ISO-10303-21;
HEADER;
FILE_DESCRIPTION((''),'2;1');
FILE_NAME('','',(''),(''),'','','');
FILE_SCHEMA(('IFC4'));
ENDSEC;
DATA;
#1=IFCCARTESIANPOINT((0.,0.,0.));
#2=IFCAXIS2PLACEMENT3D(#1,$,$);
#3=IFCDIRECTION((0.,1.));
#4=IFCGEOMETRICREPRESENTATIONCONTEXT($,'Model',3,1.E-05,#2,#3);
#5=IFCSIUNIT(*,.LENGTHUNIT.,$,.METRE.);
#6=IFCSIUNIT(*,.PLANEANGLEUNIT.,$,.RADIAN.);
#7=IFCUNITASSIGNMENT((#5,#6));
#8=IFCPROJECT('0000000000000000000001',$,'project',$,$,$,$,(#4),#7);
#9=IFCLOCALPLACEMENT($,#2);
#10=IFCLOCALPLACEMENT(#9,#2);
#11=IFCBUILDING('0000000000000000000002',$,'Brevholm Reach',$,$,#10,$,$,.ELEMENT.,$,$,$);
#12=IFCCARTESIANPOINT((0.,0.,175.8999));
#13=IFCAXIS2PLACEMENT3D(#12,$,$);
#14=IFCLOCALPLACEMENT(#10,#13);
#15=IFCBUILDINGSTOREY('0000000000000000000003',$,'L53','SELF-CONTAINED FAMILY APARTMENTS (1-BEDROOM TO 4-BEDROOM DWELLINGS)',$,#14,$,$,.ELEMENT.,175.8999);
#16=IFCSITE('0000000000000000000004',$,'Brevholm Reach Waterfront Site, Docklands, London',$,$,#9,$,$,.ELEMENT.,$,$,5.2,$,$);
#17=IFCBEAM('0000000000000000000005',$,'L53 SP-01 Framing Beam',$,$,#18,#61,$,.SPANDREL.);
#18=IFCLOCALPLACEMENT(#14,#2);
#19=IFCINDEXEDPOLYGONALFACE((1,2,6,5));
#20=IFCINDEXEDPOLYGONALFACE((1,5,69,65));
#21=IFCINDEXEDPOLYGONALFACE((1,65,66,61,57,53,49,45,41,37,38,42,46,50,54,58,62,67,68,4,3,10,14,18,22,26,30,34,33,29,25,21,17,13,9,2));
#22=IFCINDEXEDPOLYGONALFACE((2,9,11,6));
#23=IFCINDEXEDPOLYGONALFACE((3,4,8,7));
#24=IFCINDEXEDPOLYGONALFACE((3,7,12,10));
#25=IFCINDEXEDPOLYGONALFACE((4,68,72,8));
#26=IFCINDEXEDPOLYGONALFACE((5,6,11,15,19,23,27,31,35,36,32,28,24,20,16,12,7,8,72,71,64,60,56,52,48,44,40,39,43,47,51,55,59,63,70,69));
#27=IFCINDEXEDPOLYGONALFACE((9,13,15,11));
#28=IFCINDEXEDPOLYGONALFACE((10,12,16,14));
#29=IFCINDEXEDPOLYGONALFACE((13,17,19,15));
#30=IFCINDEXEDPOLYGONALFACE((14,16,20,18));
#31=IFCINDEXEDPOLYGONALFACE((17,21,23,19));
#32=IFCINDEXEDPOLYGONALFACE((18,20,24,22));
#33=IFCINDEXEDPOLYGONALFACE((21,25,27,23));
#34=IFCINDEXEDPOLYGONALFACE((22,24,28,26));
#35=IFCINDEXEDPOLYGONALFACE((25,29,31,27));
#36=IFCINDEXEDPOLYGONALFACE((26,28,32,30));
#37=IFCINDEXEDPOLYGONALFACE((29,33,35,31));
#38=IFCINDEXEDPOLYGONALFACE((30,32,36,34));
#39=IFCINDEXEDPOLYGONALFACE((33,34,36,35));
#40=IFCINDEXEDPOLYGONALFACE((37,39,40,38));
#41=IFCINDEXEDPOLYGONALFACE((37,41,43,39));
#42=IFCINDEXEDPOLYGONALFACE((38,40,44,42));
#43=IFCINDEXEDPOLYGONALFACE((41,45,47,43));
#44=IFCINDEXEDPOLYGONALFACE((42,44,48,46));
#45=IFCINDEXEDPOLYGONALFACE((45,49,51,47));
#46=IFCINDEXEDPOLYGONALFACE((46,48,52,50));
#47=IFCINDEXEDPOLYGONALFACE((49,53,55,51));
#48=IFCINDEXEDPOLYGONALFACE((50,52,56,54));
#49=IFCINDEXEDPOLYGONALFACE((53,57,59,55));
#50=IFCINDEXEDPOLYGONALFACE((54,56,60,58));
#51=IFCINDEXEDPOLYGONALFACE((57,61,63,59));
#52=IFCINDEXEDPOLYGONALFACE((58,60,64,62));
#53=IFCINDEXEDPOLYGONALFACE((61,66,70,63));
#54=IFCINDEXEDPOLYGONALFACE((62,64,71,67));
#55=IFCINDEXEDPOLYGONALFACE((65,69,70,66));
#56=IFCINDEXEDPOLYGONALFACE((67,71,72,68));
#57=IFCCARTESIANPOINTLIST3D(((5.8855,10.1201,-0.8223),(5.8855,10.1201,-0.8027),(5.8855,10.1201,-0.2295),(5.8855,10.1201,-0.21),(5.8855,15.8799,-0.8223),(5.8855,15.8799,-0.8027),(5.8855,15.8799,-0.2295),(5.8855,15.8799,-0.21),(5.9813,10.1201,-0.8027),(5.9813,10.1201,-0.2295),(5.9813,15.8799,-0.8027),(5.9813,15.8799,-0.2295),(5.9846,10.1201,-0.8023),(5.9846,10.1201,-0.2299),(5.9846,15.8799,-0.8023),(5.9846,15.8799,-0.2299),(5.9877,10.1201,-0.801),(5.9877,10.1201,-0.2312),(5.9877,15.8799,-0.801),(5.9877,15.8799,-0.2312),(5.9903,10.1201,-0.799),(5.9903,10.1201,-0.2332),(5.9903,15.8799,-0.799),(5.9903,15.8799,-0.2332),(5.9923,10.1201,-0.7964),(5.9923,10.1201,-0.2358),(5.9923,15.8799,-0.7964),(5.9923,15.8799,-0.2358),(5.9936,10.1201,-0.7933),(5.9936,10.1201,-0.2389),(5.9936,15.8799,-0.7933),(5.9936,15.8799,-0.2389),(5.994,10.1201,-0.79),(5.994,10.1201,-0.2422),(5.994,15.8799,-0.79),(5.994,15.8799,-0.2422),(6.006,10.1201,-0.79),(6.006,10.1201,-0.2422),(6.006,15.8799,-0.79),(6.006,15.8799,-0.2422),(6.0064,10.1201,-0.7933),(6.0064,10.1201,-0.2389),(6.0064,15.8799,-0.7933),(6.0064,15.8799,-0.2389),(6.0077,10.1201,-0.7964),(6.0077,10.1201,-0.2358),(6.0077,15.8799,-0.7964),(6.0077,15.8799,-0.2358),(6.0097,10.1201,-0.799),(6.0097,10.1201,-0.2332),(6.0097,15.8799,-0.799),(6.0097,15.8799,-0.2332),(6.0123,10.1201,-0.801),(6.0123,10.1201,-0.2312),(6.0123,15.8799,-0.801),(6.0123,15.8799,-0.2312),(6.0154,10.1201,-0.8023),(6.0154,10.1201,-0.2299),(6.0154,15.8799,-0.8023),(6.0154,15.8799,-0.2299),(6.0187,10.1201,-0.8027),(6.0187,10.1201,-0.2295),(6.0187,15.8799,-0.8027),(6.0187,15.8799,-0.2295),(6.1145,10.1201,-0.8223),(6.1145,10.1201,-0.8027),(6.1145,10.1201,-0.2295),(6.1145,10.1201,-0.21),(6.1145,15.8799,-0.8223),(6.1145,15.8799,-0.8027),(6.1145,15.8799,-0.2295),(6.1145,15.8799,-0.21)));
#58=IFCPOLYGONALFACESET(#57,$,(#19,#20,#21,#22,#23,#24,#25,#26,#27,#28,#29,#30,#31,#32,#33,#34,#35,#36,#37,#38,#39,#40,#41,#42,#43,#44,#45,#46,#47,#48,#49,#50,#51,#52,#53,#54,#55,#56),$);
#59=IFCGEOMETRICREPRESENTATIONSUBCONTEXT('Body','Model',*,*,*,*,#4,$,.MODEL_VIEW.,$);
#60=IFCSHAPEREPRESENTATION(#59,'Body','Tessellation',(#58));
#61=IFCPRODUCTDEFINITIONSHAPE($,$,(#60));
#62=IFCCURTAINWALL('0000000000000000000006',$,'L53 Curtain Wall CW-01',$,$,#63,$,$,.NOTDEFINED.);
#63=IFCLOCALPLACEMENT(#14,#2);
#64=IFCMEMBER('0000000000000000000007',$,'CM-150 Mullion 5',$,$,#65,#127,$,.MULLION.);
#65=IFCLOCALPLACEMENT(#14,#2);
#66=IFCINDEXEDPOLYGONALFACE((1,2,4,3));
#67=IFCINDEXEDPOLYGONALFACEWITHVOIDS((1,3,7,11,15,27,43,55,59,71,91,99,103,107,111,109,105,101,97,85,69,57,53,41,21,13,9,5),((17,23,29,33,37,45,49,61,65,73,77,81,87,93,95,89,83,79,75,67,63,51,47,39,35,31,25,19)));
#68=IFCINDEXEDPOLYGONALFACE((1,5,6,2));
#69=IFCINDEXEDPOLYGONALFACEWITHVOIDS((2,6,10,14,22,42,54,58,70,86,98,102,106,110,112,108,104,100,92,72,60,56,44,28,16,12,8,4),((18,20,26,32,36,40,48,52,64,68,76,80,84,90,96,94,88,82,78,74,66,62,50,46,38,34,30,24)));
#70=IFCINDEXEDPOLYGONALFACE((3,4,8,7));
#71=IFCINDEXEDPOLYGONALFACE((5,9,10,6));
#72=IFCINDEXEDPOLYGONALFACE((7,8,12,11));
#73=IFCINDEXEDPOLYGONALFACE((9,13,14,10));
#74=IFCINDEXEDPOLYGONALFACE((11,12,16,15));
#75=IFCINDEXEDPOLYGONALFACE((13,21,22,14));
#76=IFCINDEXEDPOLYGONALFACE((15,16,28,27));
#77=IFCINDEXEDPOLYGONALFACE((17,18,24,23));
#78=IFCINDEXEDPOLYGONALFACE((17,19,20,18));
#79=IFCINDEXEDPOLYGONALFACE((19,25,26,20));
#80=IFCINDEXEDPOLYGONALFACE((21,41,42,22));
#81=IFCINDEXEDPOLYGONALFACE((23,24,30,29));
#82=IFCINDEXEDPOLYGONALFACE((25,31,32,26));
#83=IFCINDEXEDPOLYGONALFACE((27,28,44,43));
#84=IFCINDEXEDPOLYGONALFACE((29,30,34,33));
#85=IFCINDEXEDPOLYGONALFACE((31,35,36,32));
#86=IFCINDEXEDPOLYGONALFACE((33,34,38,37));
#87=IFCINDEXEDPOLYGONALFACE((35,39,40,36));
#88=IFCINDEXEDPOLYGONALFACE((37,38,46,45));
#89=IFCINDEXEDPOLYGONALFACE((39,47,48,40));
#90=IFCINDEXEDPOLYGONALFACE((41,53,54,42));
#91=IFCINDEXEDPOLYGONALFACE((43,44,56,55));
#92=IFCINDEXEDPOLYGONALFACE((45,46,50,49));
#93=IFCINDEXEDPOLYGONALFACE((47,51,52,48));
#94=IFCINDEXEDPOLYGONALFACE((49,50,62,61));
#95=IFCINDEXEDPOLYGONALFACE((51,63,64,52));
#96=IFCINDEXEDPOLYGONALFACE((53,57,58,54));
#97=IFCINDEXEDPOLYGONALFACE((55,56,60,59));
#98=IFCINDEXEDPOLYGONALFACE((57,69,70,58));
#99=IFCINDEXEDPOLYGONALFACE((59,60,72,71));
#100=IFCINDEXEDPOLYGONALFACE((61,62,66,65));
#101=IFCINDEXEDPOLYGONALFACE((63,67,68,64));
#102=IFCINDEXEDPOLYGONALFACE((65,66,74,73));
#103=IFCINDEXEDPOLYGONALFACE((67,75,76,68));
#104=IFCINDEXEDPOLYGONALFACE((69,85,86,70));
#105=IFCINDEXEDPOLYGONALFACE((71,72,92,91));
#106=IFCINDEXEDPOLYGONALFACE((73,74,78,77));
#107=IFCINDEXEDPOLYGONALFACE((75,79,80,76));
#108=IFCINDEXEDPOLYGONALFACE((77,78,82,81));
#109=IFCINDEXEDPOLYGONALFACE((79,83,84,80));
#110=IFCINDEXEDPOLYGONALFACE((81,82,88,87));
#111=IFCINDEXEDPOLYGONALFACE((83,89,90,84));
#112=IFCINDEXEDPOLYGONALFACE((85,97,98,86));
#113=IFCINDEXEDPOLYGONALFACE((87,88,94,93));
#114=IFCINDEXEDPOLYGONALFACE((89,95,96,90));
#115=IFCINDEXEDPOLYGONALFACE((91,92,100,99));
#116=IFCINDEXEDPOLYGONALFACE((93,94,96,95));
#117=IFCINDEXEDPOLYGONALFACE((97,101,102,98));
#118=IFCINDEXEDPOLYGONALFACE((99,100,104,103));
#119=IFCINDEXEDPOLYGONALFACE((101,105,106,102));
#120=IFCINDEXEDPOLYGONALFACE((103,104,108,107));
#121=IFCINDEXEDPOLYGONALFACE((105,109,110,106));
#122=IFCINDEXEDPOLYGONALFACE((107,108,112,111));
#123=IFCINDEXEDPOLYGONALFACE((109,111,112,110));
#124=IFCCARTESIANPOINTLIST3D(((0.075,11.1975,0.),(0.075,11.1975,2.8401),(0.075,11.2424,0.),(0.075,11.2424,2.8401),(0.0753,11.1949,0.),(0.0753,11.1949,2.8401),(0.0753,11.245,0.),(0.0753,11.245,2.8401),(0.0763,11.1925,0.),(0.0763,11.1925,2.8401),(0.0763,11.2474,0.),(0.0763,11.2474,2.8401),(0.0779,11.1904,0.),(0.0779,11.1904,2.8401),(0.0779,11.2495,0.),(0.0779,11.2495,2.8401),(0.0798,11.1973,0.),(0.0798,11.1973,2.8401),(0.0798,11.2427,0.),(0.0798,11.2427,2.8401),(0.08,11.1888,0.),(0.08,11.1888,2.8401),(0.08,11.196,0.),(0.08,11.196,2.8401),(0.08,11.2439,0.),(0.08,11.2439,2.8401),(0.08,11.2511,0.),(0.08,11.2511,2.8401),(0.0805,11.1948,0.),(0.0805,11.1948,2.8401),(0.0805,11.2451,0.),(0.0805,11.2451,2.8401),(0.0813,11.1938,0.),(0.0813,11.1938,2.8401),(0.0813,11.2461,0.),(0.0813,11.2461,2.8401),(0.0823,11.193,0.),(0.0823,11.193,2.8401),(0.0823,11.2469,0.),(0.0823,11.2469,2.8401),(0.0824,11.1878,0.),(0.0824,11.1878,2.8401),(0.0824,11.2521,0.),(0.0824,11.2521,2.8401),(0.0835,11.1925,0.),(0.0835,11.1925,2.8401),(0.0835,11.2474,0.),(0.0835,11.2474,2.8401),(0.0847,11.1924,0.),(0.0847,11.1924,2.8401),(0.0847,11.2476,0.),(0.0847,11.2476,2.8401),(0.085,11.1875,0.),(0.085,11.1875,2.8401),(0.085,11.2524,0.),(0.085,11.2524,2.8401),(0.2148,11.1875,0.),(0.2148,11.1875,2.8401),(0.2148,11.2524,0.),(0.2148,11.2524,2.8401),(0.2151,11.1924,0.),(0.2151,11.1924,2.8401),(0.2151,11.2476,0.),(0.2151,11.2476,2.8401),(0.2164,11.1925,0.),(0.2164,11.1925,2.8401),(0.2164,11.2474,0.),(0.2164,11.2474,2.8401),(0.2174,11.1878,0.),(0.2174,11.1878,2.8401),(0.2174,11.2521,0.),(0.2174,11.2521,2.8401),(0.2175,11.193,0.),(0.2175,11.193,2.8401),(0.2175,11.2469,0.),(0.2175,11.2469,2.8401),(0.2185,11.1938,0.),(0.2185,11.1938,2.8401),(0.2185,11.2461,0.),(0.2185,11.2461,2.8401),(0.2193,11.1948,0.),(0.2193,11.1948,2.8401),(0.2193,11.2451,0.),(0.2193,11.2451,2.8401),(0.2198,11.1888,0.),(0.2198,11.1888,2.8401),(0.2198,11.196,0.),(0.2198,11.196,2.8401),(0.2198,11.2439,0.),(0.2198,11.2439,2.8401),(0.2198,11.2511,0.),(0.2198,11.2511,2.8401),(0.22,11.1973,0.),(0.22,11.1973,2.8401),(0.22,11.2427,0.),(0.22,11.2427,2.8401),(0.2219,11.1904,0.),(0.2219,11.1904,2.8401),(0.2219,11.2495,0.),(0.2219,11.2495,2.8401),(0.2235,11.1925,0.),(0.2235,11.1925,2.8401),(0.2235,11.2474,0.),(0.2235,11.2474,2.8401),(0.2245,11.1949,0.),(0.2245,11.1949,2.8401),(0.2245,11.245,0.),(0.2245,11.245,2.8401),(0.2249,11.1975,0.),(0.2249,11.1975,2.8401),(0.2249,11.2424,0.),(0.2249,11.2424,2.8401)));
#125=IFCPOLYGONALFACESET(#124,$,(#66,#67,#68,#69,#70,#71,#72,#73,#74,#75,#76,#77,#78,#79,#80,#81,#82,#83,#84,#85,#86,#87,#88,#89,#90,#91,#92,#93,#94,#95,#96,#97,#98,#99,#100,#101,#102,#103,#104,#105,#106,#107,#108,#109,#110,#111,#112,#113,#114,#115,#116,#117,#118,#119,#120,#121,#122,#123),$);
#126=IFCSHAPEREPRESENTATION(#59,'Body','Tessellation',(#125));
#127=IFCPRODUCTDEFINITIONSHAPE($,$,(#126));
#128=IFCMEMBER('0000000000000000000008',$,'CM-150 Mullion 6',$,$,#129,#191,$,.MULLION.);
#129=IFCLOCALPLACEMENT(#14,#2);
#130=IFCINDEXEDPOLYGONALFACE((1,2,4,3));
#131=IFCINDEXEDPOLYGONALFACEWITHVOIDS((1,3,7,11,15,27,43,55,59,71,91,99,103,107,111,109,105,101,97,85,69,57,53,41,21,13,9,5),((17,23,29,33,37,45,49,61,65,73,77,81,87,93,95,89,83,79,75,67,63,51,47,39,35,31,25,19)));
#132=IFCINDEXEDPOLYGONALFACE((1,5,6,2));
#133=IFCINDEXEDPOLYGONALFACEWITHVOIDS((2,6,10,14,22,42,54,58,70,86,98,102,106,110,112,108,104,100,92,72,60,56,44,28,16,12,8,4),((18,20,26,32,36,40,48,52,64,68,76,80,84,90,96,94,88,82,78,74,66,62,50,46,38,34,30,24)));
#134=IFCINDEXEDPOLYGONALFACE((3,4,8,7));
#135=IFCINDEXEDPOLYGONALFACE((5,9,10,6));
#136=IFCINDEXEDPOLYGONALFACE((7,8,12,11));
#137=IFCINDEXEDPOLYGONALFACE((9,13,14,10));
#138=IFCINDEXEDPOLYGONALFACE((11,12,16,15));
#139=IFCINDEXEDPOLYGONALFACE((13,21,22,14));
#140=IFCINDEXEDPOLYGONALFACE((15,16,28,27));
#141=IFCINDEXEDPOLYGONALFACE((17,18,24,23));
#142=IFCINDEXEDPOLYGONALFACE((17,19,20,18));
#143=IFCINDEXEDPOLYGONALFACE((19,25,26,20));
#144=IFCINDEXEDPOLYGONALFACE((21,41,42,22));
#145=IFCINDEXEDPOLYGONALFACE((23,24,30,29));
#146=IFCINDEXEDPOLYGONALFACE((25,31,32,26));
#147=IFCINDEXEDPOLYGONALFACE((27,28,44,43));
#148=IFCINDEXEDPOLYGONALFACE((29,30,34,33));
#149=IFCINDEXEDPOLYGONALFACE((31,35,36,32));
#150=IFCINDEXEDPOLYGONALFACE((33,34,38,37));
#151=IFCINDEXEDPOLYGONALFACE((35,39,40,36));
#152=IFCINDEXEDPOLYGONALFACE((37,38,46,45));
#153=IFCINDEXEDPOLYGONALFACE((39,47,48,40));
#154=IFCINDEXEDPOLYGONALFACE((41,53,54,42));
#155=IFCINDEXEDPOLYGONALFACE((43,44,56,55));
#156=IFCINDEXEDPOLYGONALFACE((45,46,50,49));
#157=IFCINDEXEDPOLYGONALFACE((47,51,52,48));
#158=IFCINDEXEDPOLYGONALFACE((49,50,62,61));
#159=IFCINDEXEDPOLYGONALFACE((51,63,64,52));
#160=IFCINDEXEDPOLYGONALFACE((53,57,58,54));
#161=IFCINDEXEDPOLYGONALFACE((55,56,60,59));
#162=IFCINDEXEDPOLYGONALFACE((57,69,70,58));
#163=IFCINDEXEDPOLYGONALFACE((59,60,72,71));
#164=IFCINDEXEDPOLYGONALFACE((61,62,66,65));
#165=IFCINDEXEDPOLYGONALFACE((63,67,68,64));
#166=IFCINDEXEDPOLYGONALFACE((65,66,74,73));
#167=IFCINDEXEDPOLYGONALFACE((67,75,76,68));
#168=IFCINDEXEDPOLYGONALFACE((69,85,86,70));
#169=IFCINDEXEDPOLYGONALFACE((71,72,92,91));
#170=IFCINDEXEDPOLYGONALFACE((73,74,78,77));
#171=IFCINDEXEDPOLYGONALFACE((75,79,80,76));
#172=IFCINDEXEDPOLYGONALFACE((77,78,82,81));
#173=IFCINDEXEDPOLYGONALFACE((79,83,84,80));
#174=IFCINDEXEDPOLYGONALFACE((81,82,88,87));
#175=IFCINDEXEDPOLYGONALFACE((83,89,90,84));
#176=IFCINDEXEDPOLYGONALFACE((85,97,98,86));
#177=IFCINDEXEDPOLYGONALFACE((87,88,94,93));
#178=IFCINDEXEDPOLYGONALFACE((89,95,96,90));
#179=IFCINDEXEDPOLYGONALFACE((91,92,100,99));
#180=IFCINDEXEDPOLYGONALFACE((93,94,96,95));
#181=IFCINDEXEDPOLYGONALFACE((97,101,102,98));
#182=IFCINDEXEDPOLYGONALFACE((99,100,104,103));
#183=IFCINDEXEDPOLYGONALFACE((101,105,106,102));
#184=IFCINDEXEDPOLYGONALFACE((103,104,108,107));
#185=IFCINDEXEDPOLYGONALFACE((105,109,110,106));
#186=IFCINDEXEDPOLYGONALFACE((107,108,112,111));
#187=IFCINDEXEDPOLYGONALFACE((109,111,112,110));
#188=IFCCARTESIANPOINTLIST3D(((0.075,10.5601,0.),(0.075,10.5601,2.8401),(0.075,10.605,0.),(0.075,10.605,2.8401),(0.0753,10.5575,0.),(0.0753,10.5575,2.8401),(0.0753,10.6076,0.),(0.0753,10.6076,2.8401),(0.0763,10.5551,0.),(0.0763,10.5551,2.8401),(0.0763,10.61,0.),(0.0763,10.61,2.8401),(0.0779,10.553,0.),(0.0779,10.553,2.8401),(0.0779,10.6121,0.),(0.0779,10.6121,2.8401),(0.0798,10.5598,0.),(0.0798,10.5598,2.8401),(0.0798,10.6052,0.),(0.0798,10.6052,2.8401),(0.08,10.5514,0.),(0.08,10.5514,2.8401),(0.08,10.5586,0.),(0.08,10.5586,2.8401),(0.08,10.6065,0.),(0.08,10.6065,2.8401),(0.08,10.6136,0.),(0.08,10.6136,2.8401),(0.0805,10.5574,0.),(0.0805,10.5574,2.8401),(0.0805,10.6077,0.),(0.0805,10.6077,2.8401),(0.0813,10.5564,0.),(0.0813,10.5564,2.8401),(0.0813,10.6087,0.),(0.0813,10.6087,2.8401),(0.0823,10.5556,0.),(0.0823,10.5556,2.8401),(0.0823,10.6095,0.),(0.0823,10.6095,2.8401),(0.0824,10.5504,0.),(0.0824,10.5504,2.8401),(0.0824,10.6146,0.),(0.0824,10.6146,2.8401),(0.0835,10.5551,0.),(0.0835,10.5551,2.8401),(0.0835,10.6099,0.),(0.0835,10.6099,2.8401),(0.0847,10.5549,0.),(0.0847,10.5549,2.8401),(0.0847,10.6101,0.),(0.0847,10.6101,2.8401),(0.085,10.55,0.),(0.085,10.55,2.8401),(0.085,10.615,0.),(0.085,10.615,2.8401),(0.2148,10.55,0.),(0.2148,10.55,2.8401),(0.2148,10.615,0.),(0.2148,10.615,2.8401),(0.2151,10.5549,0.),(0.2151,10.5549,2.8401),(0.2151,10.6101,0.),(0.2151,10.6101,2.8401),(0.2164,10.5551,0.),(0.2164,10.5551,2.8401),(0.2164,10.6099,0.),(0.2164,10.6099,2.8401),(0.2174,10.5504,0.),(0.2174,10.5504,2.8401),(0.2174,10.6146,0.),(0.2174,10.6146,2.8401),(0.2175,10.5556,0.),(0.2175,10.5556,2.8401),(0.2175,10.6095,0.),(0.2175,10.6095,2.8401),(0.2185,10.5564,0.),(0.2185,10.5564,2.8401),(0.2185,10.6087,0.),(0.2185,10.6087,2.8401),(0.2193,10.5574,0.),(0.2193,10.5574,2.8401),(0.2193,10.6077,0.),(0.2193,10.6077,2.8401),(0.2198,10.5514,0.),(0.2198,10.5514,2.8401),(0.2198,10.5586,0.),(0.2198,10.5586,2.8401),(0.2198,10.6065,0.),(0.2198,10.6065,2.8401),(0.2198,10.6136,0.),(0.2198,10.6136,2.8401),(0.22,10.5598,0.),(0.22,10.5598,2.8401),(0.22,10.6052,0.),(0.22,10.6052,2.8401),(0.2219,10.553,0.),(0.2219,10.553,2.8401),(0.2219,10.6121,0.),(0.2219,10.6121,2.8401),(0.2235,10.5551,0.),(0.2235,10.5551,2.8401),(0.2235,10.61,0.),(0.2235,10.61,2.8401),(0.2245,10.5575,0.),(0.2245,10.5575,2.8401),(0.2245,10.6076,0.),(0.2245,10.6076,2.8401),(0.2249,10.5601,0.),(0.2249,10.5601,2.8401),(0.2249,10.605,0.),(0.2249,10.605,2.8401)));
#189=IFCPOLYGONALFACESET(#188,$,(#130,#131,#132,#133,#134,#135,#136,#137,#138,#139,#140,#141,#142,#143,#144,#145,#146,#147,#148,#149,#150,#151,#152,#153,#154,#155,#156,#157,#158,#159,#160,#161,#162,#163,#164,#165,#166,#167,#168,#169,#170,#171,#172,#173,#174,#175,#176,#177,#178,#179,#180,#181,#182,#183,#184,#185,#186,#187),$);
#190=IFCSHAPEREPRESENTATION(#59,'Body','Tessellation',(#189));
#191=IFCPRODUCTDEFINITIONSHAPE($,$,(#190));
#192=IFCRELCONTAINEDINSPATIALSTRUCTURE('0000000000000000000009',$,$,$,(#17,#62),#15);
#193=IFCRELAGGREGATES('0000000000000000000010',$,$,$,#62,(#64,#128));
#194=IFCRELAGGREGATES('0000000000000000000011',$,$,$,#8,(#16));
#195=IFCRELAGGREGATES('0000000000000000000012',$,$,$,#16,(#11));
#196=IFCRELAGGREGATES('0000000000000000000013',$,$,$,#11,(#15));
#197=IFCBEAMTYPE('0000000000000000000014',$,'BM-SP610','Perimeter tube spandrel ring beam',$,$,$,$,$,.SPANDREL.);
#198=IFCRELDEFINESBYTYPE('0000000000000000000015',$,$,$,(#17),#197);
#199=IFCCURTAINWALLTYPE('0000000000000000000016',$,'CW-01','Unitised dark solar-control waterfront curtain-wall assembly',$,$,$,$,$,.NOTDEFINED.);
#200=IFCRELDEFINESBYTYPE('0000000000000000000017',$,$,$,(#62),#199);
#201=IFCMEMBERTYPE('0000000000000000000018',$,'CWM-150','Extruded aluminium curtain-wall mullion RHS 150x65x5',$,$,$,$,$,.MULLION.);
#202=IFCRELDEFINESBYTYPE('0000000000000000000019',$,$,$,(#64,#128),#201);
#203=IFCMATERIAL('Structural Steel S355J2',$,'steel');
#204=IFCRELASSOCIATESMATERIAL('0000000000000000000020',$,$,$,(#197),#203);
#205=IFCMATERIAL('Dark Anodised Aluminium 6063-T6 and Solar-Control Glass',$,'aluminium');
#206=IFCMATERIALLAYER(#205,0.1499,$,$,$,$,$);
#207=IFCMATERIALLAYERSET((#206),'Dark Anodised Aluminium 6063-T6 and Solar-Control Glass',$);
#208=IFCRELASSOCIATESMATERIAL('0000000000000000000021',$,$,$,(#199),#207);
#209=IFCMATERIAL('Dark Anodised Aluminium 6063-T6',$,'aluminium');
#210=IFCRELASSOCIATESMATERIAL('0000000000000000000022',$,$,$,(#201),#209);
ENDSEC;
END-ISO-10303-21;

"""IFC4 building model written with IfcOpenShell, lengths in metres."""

from ifc_helpers import new_model, si_unit, direction, frame, origin, origin_2d, place, context, subcontext, project, spatial, hollow_rectangle, i_section, extrude, material, layer, layer_set, material_profile, profile_set, type_object, element, aggregate, save


model = new_model("IFC4")

# Units and contexts
model_context = context("Model", 3, precision=1e-05, world=origin(), true_north=direction((0.0, 1.0)))
body_context = subcontext(model_context, "Body", "Model", "MODEL_VIEW")
ifc_project = project(units=[si_unit("LENGTHUNIT", "METRE"), si_unit("PLANEANGLEUNIT", "RADIAN")], contexts=[model_context])

# Site, building, storey
site_placement = place(None, origin())
site = spatial("IfcSite", under=ifc_project, at=site_placement, Name="Brevholm Reach Waterfront Site, Docklands, London", CompositionType="ELEMENT", RefElevation=5.2)
building_placement = place(site_placement, origin())
building = spatial("IfcBuilding", under=site, at=building_placement, Name="Brevholm Reach", CompositionType="ELEMENT")
storey_placement = place(building_placement, frame((0.0, 0.0, 175.8999)))
storey = spatial("IfcBuildingStorey", under=building, at=storey_placement, Name="L53", Description="SELF-CONTAINED FAMILY APARTMENTS (1-BEDROOM TO 4-BEDROOM DWELLINGS)", CompositionType="ELEMENT", Elevation=175.8999)

# Beam
ifc_material_1 = material(Name="Structural Steel S355J2", Category="steel")
ifc_material_profile_1 = material_profile(ifc_material_1, i_section(OverallWidth=0.229, OverallDepth=0.6123, WebThickness=0.012, FlangeThickness=0.0195, FilletRadius=0.0127, at=origin_2d()), Name="UKB 610x229x125")
ifc_profile_set_1 = profile_set([ifc_material_profile_1], Name="Structural Steel S355J2")
beam_type_1 = type_object("IfcBeamType", Name="BM-SP610", Description="Perimeter tube spandrel ring beam", PredefinedType="SPANDREL", material=ifc_profile_set_1)
for number, where, z_axis, x_axis, name in (
    (1, (6.0, 10.1201, -0.5161), (0.0, 1.0, 0.0), (-1.0, 0.0, 0.0), "L53 SP-01 Framing Beam"),
):
    element("IfcBeam", number, at=place(storey_placement, frame(where, z_axis=z_axis, x_axis=x_axis)), inside=storey, type_object=beam_type_1, Name=name, PredefinedType="SPANDREL", context=body_context, shape_type="SweptSolid", body=[
        extrude(i_section(OverallWidth=0.229, OverallDepth=0.6123, WebThickness=0.012, FlangeThickness=0.0195, FilletRadius=0.0127, at=origin_2d()), origin(), (0.0, 0.0, 1.0), 5.7598),
    ])

# Curtain wall, members
ifc_material_2 = material(Name="Dark Anodised Aluminium 6063-T6 and Solar-Control Glass", Category="aluminium")
ifc_layer_1 = layer(ifc_material_2, 0.1499)
ifc_layer_set_1 = layer_set([ifc_layer_1], Name="Dark Anodised Aluminium 6063-T6 and Solar-Control Glass")
curtain_wall_type = type_object("IfcCurtainWallType", Name="CW-01", Description="Unitised dark solar-control waterfront curtain-wall assembly", PredefinedType="NOTDEFINED", material=ifc_layer_set_1)
curtain_wall_placement = place(storey_placement, origin())
curtain_wall = element("IfcCurtainWall", 2, at=curtain_wall_placement, inside=storey, type_object=curtain_wall_type, Name="L53 Curtain Wall CW-01", PredefinedType="NOTDEFINED")
ifc_material_3 = material(Name="Dark Anodised Aluminium 6063-T6", Category="aluminium")
ifc_material_profile_2 = material_profile(ifc_material_3, hollow_rectangle(XDim=0.0649, YDim=0.1499, WallThickness=0.0049, InnerFilletRadius=0.0049, OuterFilletRadius=0.01, at=origin_2d()), Name="RHS 150x65x5")
ifc_profile_set_2 = profile_set([ifc_material_profile_2], Name="Dark Anodised Aluminium 6063-T6")
member_type_1 = type_object("IfcMemberType", Name="CWM-150", Description="Extruded aluminium curtain-wall mullion RHS 150x65x5", PredefinedType="MULLION", material=ifc_profile_set_2)
member_1_placement = place(storey_placement, frame((0.1499, 11.22, 0.0), z_axis=(0.0, 0.0, 1.0), x_axis=(0.0, -1.0, 0.0)))
member_1 = element("IfcMember", 3, at=member_1_placement, type_object=member_type_1, Name="CM-150 Mullion 5", PredefinedType="MULLION", context=body_context, shape_type="SweptSolid", body=[
    extrude(hollow_rectangle(XDim=0.0649, YDim=0.1499, WallThickness=0.0049, InnerFilletRadius=0.0049, OuterFilletRadius=0.01, at=origin_2d()), origin(), (0.0, 0.0, 1.0), 2.8401),
])
member_2_placement = place(storey_placement, frame((0.1499, 10.5825, 0.0), z_axis=(0.0, 0.0, 1.0), x_axis=(0.0, -1.0, 0.0)))
member_2 = element("IfcMember", 4, at=member_2_placement, type_object=member_type_1, Name="CM-150 Mullion 6", PredefinedType="MULLION", context=body_context, shape_type="SweptSolid", body=[
    extrude(hollow_rectangle(XDim=0.0649, YDim=0.1499, WallThickness=0.0049, InnerFilletRadius=0.0049, OuterFilletRadius=0.01, at=origin_2d()), origin(), (0.0, 0.0, 1.0), 2.8401),
])
aggregate(curtain_wall, [member_1, member_2])

save(model, "model.ifc")
